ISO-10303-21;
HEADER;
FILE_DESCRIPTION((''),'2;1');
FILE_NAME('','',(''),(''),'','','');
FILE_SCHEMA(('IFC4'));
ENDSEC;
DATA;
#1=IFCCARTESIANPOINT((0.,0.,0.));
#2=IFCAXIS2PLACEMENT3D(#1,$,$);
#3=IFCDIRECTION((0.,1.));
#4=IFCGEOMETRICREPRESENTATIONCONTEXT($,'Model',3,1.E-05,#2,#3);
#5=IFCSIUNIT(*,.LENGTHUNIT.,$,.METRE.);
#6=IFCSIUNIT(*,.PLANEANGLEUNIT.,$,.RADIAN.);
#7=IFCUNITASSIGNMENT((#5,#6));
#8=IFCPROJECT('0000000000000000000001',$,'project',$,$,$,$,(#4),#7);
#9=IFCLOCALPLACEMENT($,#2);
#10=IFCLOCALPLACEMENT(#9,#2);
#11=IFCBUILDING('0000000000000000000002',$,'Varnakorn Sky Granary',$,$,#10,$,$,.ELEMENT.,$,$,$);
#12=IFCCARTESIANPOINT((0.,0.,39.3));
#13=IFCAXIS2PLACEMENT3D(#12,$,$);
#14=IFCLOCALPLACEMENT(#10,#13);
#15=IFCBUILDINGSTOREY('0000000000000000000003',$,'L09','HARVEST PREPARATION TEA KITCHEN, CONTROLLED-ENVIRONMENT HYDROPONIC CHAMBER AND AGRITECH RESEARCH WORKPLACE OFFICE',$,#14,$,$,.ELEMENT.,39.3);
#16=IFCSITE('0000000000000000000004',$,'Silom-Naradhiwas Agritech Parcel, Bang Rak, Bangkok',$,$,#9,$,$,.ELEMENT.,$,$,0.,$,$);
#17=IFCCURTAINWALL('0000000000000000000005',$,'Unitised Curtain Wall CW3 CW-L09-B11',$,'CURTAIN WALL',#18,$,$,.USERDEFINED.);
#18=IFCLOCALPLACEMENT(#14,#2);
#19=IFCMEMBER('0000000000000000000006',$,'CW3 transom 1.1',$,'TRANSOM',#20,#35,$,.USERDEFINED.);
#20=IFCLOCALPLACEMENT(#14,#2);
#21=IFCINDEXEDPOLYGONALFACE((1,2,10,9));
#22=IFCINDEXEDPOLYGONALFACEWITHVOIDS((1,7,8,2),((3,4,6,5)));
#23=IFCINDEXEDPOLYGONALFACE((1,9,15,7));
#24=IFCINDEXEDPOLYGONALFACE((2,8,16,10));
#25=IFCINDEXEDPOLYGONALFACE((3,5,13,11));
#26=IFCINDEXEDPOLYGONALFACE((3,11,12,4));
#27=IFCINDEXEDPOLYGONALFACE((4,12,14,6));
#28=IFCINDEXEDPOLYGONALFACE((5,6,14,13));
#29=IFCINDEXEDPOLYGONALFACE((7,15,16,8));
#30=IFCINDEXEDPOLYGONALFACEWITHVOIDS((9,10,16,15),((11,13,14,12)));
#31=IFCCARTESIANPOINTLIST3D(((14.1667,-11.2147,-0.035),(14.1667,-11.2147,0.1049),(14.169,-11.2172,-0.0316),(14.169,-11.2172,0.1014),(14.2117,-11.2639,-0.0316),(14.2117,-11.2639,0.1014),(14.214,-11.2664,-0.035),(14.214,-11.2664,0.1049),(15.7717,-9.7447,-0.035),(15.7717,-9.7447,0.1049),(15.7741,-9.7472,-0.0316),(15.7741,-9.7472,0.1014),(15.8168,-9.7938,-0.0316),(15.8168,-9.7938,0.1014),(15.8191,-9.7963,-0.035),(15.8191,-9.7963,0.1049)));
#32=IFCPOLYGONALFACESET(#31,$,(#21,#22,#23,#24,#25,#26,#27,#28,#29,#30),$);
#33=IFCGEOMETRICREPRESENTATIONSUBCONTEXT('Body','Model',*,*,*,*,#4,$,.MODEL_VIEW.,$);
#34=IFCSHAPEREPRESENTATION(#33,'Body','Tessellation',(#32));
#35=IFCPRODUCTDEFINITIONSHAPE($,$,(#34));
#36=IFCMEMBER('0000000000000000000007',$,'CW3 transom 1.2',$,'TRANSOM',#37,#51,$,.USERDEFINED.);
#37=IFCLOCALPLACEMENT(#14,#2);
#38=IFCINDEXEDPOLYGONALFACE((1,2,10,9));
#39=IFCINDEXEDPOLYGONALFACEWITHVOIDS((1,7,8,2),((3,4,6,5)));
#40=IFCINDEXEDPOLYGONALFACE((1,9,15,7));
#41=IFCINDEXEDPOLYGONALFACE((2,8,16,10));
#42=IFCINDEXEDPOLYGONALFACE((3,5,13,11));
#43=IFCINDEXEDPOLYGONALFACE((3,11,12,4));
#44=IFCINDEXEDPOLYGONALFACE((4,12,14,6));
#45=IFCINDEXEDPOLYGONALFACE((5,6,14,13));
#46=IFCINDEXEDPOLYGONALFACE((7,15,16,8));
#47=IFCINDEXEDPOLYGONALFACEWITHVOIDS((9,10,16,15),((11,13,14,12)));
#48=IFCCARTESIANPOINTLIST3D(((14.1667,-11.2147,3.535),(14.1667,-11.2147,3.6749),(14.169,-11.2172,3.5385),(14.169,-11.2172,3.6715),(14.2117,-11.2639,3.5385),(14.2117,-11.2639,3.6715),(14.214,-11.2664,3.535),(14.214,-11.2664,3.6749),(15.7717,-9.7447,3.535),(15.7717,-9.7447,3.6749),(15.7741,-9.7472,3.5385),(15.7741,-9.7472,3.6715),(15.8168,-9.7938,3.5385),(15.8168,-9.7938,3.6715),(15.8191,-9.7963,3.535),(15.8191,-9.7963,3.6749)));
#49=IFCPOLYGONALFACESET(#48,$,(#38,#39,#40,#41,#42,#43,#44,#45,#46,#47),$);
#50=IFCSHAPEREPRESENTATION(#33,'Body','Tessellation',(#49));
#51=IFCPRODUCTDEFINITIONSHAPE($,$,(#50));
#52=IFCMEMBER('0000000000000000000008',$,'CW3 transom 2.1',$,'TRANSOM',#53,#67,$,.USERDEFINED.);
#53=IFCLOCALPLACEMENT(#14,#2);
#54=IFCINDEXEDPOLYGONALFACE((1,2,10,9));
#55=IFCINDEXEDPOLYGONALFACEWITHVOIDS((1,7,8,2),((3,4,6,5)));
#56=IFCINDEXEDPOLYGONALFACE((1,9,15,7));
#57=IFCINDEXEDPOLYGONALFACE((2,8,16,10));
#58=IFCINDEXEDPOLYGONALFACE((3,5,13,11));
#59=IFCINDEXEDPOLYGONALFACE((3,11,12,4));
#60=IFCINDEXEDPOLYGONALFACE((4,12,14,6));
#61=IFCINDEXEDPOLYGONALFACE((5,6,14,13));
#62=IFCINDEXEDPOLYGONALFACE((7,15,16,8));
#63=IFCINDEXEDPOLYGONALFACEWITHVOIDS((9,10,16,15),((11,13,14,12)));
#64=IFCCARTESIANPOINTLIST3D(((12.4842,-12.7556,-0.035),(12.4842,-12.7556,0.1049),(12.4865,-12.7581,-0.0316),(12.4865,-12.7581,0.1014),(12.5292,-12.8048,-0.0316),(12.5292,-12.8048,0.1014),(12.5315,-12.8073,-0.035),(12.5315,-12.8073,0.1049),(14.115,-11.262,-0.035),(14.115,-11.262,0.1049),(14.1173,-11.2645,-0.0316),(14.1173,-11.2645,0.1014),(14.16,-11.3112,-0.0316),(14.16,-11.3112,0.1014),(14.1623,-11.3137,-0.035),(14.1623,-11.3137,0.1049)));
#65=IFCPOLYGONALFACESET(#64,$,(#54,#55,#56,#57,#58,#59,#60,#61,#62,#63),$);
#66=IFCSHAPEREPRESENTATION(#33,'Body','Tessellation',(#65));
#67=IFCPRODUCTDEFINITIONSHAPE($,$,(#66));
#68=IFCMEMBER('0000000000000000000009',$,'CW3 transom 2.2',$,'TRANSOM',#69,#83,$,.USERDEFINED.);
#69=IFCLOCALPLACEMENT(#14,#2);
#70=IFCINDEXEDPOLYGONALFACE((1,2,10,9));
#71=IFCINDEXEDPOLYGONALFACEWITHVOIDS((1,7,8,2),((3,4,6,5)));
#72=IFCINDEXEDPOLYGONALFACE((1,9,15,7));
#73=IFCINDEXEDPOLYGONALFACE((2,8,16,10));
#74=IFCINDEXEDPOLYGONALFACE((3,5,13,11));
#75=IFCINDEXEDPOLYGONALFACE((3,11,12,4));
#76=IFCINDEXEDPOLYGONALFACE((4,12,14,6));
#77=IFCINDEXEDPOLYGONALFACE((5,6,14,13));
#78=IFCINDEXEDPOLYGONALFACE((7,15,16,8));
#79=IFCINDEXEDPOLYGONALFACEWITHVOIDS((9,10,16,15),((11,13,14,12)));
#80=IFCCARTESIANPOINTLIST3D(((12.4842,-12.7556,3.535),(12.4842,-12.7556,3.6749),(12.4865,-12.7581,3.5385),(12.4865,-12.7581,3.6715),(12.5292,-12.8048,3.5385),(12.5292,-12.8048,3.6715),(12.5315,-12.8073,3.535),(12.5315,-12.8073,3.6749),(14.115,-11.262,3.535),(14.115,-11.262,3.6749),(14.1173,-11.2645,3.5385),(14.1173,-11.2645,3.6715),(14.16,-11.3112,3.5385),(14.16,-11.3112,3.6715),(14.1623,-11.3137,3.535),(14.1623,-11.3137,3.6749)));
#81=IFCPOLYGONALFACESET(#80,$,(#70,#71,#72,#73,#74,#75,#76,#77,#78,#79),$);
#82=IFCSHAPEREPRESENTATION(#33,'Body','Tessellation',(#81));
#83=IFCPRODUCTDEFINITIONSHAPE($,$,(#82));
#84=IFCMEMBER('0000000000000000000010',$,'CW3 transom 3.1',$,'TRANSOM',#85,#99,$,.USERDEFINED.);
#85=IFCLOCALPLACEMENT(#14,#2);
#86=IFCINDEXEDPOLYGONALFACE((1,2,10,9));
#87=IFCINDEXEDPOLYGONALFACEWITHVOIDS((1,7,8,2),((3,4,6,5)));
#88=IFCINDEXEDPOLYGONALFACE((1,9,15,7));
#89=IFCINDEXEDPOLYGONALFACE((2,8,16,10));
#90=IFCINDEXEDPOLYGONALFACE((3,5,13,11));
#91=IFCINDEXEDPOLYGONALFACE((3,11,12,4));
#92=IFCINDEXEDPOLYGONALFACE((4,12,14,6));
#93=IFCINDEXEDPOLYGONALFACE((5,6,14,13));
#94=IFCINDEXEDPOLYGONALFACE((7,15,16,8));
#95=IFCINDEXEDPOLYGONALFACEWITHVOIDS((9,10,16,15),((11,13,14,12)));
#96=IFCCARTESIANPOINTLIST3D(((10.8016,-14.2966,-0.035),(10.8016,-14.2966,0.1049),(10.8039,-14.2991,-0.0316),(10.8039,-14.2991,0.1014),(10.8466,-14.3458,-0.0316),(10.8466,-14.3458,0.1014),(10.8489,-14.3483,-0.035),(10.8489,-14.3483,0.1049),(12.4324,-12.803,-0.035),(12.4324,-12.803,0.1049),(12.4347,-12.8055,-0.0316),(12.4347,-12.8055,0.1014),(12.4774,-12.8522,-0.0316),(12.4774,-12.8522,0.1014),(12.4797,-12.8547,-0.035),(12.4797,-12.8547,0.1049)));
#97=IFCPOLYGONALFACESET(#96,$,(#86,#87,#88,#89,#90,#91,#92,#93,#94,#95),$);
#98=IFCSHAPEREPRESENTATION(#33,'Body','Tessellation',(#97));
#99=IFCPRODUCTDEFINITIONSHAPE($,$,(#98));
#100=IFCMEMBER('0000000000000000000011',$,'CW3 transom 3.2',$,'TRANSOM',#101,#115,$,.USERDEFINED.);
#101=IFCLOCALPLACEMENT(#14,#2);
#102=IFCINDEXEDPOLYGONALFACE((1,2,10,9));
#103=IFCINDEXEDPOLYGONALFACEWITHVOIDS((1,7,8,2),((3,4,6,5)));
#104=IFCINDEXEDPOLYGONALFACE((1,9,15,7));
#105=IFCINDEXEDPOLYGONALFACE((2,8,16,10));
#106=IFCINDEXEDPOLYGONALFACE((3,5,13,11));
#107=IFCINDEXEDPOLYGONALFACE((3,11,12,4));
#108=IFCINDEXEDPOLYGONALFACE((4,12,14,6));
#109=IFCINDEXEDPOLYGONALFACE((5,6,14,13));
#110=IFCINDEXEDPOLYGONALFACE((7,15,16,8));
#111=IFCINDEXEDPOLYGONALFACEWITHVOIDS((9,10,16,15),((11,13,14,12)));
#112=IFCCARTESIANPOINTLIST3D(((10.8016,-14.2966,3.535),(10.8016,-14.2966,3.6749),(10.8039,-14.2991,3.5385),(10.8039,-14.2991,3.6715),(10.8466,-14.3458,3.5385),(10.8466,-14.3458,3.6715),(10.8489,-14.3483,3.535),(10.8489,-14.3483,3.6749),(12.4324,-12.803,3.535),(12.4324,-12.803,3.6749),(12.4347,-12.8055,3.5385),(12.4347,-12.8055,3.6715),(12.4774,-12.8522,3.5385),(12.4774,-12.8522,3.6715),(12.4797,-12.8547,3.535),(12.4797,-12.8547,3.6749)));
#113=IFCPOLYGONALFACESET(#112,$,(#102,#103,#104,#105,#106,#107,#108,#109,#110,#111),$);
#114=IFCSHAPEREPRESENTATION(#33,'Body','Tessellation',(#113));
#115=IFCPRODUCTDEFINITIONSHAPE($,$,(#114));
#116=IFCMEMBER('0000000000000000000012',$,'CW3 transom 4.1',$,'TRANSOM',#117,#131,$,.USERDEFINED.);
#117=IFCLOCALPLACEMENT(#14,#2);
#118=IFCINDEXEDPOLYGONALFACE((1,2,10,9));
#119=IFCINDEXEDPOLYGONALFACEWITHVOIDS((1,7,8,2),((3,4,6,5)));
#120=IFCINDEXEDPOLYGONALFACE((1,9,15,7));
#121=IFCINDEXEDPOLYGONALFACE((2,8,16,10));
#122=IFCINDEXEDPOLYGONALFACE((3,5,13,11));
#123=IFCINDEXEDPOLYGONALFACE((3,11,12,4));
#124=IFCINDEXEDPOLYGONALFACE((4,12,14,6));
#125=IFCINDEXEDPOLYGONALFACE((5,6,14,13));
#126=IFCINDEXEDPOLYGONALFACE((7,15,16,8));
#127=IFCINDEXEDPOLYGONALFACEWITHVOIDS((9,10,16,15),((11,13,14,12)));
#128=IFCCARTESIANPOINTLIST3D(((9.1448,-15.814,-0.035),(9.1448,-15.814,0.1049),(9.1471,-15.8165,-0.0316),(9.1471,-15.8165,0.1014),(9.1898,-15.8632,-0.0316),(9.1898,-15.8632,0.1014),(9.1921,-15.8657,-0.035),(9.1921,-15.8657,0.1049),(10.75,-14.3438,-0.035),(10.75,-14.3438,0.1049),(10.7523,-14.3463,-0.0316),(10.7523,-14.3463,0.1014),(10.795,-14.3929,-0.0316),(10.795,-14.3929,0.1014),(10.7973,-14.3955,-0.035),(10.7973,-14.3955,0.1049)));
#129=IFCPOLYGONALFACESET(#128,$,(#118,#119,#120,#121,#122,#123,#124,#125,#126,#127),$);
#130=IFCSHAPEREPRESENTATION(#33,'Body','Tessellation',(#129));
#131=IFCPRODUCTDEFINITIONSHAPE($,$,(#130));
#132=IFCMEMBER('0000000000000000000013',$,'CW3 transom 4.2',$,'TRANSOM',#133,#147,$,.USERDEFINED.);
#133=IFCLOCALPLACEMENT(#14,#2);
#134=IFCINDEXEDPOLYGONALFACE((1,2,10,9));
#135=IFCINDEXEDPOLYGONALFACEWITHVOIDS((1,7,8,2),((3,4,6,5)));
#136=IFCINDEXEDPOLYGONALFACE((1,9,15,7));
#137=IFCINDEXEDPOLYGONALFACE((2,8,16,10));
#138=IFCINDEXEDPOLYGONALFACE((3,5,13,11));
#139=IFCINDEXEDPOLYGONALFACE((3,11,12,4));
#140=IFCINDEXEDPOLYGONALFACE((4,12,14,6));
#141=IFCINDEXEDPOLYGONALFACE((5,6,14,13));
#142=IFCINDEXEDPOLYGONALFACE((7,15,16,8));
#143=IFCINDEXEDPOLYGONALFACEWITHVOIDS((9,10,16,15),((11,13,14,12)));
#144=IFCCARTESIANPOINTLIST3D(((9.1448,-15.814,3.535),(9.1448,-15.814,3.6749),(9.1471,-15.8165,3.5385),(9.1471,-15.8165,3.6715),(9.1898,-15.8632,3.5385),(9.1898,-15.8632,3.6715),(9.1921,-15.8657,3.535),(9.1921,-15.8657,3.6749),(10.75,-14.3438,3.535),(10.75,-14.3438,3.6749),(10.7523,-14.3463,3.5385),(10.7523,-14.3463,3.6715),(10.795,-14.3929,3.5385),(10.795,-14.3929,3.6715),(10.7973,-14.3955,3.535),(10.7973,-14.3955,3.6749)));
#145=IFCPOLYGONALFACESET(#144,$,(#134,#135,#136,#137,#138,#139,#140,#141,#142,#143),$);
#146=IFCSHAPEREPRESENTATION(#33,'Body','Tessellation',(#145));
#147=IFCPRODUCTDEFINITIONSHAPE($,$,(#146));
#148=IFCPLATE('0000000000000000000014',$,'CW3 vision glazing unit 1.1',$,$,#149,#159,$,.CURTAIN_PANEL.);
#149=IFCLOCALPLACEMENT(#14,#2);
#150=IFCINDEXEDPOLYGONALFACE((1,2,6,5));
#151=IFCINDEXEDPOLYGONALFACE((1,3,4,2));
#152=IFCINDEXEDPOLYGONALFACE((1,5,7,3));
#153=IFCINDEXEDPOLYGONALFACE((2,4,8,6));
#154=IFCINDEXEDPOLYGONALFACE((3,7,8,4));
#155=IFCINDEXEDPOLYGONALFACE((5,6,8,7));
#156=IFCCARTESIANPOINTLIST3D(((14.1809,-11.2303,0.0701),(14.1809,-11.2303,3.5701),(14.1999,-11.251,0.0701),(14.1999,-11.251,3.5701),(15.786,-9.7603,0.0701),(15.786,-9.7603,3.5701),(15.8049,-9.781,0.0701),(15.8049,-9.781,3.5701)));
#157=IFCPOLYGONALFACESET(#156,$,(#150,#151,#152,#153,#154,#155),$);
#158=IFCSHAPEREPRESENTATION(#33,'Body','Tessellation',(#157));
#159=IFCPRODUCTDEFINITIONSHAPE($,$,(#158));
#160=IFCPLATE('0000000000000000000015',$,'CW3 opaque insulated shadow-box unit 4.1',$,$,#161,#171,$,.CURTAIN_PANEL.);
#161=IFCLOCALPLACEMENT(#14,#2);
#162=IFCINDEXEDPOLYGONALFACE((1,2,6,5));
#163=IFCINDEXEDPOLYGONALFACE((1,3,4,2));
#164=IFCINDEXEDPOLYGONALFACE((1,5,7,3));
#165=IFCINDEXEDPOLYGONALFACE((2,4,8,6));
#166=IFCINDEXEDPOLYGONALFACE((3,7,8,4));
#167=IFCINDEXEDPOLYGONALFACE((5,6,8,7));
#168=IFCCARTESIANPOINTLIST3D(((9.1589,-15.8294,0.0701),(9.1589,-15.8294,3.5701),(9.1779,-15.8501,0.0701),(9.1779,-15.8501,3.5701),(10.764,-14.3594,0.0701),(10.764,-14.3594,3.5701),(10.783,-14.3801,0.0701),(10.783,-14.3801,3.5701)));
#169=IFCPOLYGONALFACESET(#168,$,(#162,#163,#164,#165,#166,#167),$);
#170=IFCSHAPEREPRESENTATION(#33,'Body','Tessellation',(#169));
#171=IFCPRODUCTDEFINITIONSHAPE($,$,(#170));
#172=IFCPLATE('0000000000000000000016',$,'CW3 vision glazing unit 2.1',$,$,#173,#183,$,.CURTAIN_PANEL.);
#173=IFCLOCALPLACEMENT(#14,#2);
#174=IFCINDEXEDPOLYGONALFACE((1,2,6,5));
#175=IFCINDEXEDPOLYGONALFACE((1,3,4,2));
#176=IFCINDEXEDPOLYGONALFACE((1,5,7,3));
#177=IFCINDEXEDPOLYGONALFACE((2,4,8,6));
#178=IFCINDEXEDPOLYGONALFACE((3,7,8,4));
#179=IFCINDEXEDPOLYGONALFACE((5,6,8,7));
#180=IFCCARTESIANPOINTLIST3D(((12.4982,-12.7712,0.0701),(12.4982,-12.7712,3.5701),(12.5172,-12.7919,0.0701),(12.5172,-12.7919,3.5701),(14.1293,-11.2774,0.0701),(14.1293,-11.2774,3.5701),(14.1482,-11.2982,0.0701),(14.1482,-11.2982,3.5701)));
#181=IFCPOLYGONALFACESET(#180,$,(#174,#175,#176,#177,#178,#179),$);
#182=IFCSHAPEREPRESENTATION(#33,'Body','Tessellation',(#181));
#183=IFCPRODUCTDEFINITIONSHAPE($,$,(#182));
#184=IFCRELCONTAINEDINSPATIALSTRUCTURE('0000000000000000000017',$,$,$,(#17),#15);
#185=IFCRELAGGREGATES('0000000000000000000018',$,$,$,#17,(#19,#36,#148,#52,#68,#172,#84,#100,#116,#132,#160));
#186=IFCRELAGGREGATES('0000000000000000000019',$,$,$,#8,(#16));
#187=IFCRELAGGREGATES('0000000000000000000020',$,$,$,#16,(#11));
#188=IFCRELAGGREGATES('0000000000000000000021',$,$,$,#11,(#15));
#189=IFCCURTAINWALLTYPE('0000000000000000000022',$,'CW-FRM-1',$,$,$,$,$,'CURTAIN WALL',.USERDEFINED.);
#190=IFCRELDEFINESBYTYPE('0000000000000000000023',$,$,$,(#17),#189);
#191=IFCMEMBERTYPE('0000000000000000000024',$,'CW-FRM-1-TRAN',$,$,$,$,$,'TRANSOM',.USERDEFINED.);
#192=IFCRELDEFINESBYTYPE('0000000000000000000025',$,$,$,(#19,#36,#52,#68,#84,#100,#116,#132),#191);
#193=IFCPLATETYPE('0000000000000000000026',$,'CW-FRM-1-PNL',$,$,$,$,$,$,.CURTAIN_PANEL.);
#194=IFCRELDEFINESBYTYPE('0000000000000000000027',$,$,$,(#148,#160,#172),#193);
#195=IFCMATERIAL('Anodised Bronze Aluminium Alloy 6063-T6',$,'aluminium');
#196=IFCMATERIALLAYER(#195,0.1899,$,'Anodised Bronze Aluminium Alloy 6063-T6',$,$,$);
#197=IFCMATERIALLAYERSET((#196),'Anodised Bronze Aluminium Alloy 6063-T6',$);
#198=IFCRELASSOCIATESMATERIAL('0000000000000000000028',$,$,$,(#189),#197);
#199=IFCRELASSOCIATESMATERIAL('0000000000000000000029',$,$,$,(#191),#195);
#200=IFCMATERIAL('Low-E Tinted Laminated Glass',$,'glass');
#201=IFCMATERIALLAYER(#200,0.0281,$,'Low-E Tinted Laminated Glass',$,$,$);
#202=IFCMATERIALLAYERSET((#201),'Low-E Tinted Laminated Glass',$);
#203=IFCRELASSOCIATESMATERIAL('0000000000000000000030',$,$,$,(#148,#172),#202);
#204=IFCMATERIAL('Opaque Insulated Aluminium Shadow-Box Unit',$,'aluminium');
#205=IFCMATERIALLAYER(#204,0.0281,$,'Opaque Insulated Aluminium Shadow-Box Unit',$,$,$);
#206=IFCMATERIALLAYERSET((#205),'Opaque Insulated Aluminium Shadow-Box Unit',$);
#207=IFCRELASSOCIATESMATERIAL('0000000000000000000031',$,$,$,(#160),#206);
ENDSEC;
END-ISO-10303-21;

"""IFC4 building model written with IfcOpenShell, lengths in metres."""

from ifc_helpers import new_model, si_unit, direction, frame, origin, origin_2d, place, context, subcontext, project, spatial, rectangle, hollow_rectangle, extrude, source, transform, mapped, material, layer, layer_set, material_profile, profile_set, type_object, type_shapes, element, aggregate, save


model = new_model("IFC4")

# Units and contexts
model_context = context("Model", 3, precision=1e-05, world=origin(), true_north=direction((0.0, 1.0)))
body_context = subcontext(model_context, "Body", "Model", "MODEL_VIEW")
ifc_project = project(units=[si_unit("LENGTHUNIT", "METRE"), si_unit("PLANEANGLEUNIT", "RADIAN")], contexts=[model_context])

# Site, building, storey
site_placement = place(None, origin())
site = spatial("IfcSite", under=ifc_project, at=site_placement, Name="Silom-Naradhiwas Agritech Parcel, Bang Rak, Bangkok", CompositionType="ELEMENT", RefElevation=0.0)
building_placement = place(site_placement, origin())
building = spatial("IfcBuilding", under=site, at=building_placement, Name="Varnakorn Sky Granary", CompositionType="ELEMENT")
storey_placement = place(building_placement, frame((0.0, 0.0, 39.3)))
storey = spatial("IfcBuildingStorey", under=building, at=storey_placement, Name="L09", Description="HARVEST PREPARATION TEA KITCHEN, CONTROLLED-ENVIRONMENT HYDROPONIC CHAMBER AND AGRITECH RESEARCH WORKPLACE OFFICE", CompositionType="ELEMENT", Elevation=39.3)

# Curtain wall, members, plates
ifc_material_1 = material(Name="Anodised Bronze Aluminium Alloy 6063-T6", Category="aluminium")
ifc_layer_1 = layer(ifc_material_1, 0.1899, Name="Anodised Bronze Aluminium Alloy 6063-T6")
ifc_layer_set_1 = layer_set([ifc_layer_1], Name="Anodised Bronze Aluminium Alloy 6063-T6")
curtain_wall_type = type_object("IfcCurtainWallType", Name="CW-FRM-1", ElementType="CURTAIN WALL", PredefinedType="USERDEFINED", material=ifc_layer_set_1)
curtain_wall_placement = place(storey_placement, origin())
curtain_wall = element("IfcCurtainWall", 1, at=curtain_wall_placement, inside=storey, type_object=curtain_wall_type, Name="Unitised Curtain Wall CW3 CW-L09-B11", ObjectType="CURTAIN WALL", PredefinedType="USERDEFINED")
ifc_material_profile_1 = material_profile(ifc_material_1, hollow_rectangle(XDim=0.0701, YDim=0.1399, WallThickness=0.0034, at=origin_2d()), Name="ALU TRAN 70x140")
ifc_profile_set_1 = profile_set([ifc_material_profile_1], Name="Anodised Bronze Aluminium Alloy 6063-T6")
member_type_1 = type_object("IfcMemberType", Name="CW-FRM-1-TRAN", ElementType="TRANSOM", PredefinedType="USERDEFINED", material=ifc_profile_set_1)
member_1_placement = place(storey_placement, frame((15.7954, -9.7705, 0.0349), z_axis=(-0.737443, -0.67541, 0.0), x_axis=(0.67541, -0.737443, 0.0)))
member_1 = element("IfcMember", 2, at=member_1_placement, type_object=member_type_1, Name="CW3 transom 1.1", ObjectType="TRANSOM", PredefinedType="USERDEFINED", context=body_context, shape_type="SweptSolid", body=[
    extrude(hollow_rectangle(XDim=0.0701, YDim=0.1399, WallThickness=0.0034, at=origin_2d()), origin(), (0.0, 0.0, 1.0), 2.1765),
])
member_2_placement = place(storey_placement, frame((15.7954, -9.7705, 3.605), z_axis=(-0.737443, -0.67541, 0.0), x_axis=(0.67541, -0.737443, 0.0)))
member_2 = element("IfcMember", 3, at=member_2_placement, type_object=member_type_1, Name="CW3 transom 1.2", ObjectType="TRANSOM", PredefinedType="USERDEFINED", context=body_context, shape_type="SweptSolid", body=[
    extrude(hollow_rectangle(XDim=0.0701, YDim=0.1399, WallThickness=0.0034, at=origin_2d()), origin(), (0.0, 0.0, 1.0), 2.1765),
])
member_3_placement = place(storey_placement, frame((14.1387, -11.2878, 0.0349), z_axis=(-0.737447, -0.675405, 0.0), x_axis=(0.675405, -0.737447, 0.0)))
member_3 = element("IfcMember", 4, at=member_3_placement, type_object=member_type_1, Name="CW3 transom 2.1", ObjectType="TRANSOM", PredefinedType="USERDEFINED", context=body_context, shape_type="SweptSolid", body=[
    extrude(hollow_rectangle(XDim=0.0701, YDim=0.1399, WallThickness=0.0034, at=origin_2d()), origin(), (0.0, 0.0, 1.0), 2.2114),
])
member_4_placement = place(storey_placement, frame((14.1387, -11.2878, 3.605), z_axis=(-0.737447, -0.675405, 0.0), x_axis=(0.675405, -0.737447, 0.0)))
member_4 = element("IfcMember", 5, at=member_4_placement, type_object=member_type_1, Name="CW3 transom 2.2", ObjectType="TRANSOM", PredefinedType="USERDEFINED", context=body_context, shape_type="SweptSolid", body=[
    extrude(hollow_rectangle(XDim=0.0701, YDim=0.1399, WallThickness=0.0034, at=origin_2d()), origin(), (0.0, 0.0, 1.0), 2.2114),
])
member_5_placement = place(storey_placement, frame((12.4561, -12.8289, 0.0349), z_axis=(-0.737447, -0.675405, 0.0), x_axis=(0.675405, -0.737447, 0.0)))
member_5 = element("IfcMember", 6, at=member_5_placement, type_object=member_type_1, Name="CW3 transom 3.1", ObjectType="TRANSOM", PredefinedType="USERDEFINED", context=body_context, shape_type="SweptSolid", body=[
    extrude(hollow_rectangle(XDim=0.0701, YDim=0.1399, WallThickness=0.0034, at=origin_2d()), origin(), (0.0, 0.0, 1.0), 2.2114),
])
member_6_placement = place(storey_placement, frame((12.4561, -12.8289, 3.605), z_axis=(-0.737447, -0.675405, 0.0), x_axis=(0.675405, -0.737447, 0.0)))
member_6 = element("IfcMember", 7, at=member_6_placement, type_object=member_type_1, Name="CW3 transom 3.2", ObjectType="TRANSOM", PredefinedType="USERDEFINED", context=body_context, shape_type="SweptSolid", body=[
    extrude(hollow_rectangle(XDim=0.0701, YDim=0.1399, WallThickness=0.0034, at=origin_2d()), origin(), (0.0, 0.0, 1.0), 2.2114),
])
member_7_placement = place(storey_placement, frame((10.7737, -14.3696, 0.0349), z_axis=(-0.737438, -0.675415, 0.0), x_axis=(0.675415, -0.737438, 0.0)))
member_7 = element("IfcMember", 8, at=member_7_placement, type_object=member_type_1, Name="CW3 transom 4.1", ObjectType="TRANSOM", PredefinedType="USERDEFINED", context=body_context, shape_type="SweptSolid", body=[
    extrude(hollow_rectangle(XDim=0.0701, YDim=0.1399, WallThickness=0.0034, at=origin_2d()), origin(), (0.0, 0.0, 1.0), 2.1768),
])
member_8_placement = place(storey_placement, frame((10.7737, -14.3696, 3.605), z_axis=(-0.737438, -0.675415, 0.0), x_axis=(0.675415, -0.737438, 0.0)))
member_8 = element("IfcMember", 9, at=member_8_placement, type_object=member_type_1, Name="CW3 transom 4.2", ObjectType="TRANSOM", PredefinedType="USERDEFINED", context=body_context, shape_type="SweptSolid", body=[
    extrude(hollow_rectangle(XDim=0.0701, YDim=0.1399, WallThickness=0.0034, at=origin_2d()), origin(), (0.0, 0.0, 1.0), 2.1768),
])
ifc_material_2 = material(Name="Low-E Tinted Laminated Glass", Category="glass")
ifc_layer_2 = layer(ifc_material_2, 0.0281, Name="Low-E Tinted Laminated Glass")
ifc_layer_set_2 = layer_set([ifc_layer_2], Name="Low-E Tinted Laminated Glass")
plate_type = type_object("IfcPlateType", Name="CW-FRM-1-PNL", PredefinedType="CURTAIN_PANEL")
shared_shape_1 = source(origin(), body_context, "Body", "SweptSolid", [
    extrude(rectangle(XDim=2.1765, YDim=0.0281, at=origin_2d()), origin(), (0.0, 0.0, 1.0), 3.5),
])
plate_1_placement = place(storey_placement, frame((14.9929, -10.5056, 0.0701), z_axis=(0.0, 0.0, 1.0), x_axis=(-0.737462, -0.675389, 0.0)))
plate_1 = element("IfcPlate", 10, at=plate_1_placement, type_object=plate_type, material=ifc_layer_set_2, Name="CW3 vision glazing unit 1.1", PredefinedType="CURTAIN_PANEL", context=body_context, shape_type="MappedRepresentation", body=[
    mapped(shared_shape_1, transform((0.0, 0.0, 0.0), x_axis=(1.0, 0.0, 0.0), y_axis=(0.0, 1.0, 0.0), z_axis=(0.0, 0.0, 1.0), scale=1.0)),
])
ifc_material_3 = material(Name="Opaque Insulated Aluminium Shadow-Box Unit", Category="aluminium")
ifc_layer_3 = layer(ifc_material_3, 0.0281, Name="Opaque Insulated Aluminium Shadow-Box Unit")
ifc_layer_set_3 = layer_set([ifc_layer_3], Name="Opaque Insulated Aluminium Shadow-Box Unit")
plate_2_placement = place(storey_placement, frame((9.9709, -15.1047, 0.0701), z_axis=(0.0, 0.0, 1.0), x_axis=(-0.737462, -0.675389, 0.0)))
plate_2 = element("IfcPlate", 11, at=plate_2_placement, type_object=plate_type, material=ifc_layer_set_3, Name="CW3 opaque insulated shadow-box unit 4.1", PredefinedType="CURTAIN_PANEL", context=body_context, shape_type="MappedRepresentation", body=[
    mapped(shared_shape_1, transform((0.0, 0.0, 0.0), x_axis=(1.0, 0.0, 0.0), y_axis=(0.0, 1.0, 0.0), z_axis=(0.0, 0.0, 1.0), scale=1.0)),
])
shared_shape_2 = source(origin(), body_context, "Body", "SweptSolid", [
    extrude(rectangle(XDim=2.2117, YDim=0.0281, at=origin_2d()), origin(), (0.0, 0.0, 1.0), 3.5),
])
type_shapes(plate_type, [shared_shape_1, shared_shape_2])
plate_3_placement = place(storey_placement, frame((13.3232, -12.0347, 0.0701), z_axis=(0.0, 0.0, 1.0), x_axis=(-0.737462, -0.675389, 0.0)))
plate_3 = element("IfcPlate", 12, at=plate_3_placement, type_object=plate_type, material=ifc_layer_set_2, Name="CW3 vision glazing unit 2.1", PredefinedType="CURTAIN_PANEL", context=body_context, shape_type="MappedRepresentation", body=[
    mapped(shared_shape_2, transform((0.0, 0.0, 0.0), x_axis=(1.0, 0.0, 0.0), y_axis=(0.0, 1.0, 0.0), z_axis=(0.0, 0.0, 1.0), scale=1.0)),
])
aggregate(curtain_wall, [member_1, member_2, plate_1, member_3, member_4, plate_3, member_5, member_6, member_7, member_8, plate_2])

save(model, "model.ifc")
